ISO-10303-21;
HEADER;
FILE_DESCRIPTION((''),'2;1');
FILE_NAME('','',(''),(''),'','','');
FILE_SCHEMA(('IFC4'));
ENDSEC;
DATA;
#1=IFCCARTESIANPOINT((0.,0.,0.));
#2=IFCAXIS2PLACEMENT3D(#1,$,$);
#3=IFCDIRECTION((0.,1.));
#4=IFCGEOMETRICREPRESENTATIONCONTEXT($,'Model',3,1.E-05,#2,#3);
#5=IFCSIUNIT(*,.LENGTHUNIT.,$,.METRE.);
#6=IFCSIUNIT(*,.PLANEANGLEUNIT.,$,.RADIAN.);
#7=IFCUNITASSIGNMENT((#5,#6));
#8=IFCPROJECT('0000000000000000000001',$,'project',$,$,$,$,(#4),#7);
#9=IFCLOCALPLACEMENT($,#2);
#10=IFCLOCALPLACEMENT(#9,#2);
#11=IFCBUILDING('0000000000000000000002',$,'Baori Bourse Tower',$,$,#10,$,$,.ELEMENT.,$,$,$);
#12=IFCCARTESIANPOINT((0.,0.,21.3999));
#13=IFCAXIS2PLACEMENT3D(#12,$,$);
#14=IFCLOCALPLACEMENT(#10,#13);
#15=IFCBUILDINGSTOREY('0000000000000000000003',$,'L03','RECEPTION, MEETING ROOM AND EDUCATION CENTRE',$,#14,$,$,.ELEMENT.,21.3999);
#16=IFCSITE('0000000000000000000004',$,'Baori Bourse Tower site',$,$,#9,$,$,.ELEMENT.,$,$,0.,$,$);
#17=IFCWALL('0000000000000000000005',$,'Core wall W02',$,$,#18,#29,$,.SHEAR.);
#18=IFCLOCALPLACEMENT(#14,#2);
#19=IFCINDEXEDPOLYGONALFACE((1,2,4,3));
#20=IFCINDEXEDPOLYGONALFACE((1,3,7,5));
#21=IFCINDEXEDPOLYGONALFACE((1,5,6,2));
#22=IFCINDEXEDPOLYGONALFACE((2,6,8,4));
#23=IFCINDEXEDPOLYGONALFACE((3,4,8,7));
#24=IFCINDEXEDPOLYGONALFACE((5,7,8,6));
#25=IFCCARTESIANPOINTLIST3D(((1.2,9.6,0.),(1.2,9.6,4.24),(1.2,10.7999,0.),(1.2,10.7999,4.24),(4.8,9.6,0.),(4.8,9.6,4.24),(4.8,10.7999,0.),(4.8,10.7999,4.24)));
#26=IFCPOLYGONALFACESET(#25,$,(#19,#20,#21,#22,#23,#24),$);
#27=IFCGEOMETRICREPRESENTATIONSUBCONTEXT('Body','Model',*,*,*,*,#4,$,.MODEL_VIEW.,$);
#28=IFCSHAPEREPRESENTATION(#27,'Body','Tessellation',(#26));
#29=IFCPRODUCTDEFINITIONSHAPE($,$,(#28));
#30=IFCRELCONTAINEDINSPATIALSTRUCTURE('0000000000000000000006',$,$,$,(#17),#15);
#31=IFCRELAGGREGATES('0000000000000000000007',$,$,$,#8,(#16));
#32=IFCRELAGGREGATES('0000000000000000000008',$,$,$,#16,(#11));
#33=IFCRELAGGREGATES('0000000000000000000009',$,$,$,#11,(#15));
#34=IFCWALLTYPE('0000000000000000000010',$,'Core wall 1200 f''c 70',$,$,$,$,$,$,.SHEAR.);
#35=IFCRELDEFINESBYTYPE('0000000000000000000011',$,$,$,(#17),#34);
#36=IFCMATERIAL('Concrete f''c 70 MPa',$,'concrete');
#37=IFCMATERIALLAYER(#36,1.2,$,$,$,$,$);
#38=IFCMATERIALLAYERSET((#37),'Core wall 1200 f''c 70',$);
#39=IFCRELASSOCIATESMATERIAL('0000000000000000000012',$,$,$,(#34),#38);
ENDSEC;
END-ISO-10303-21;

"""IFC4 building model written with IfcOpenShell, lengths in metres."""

from ifc_helpers import new_model, si_unit, direction, frame, frame_2d, origin, place, context, subcontext, project, spatial, rectangle, extrude, material, layer, layer_set, type_object, element, save


model = new_model("IFC4")

# Units and contexts
model_context = context("Model", 3, precision=1e-05, world=origin(), true_north=direction((0.0, 1.0)))
body_context = subcontext(model_context, "Body", "Model", "MODEL_VIEW")
ifc_project = project(units=[si_unit("LENGTHUNIT", "METRE"), si_unit("PLANEANGLEUNIT", "RADIAN")], contexts=[model_context])

# Site, building, storey
site_placement = place(None, origin())
site = spatial("IfcSite", under=ifc_project, at=site_placement, Name="Baori Bourse Tower site", CompositionType="ELEMENT", RefElevation=0.0)
building_placement = place(site_placement, origin())
building = spatial("IfcBuilding", under=site, at=building_placement, Name="Baori Bourse Tower", CompositionType="ELEMENT")
storey_placement = place(building_placement, frame((0.0, 0.0, 21.3999)))
storey = spatial("IfcBuildingStorey", under=building, at=storey_placement, Name="L03", Description="RECEPTION, MEETING ROOM AND EDUCATION CENTRE", CompositionType="ELEMENT", Elevation=21.3999)

# Shared definitions
ifc_material_1 = material(Name="Concrete f'c 70 MPa", Category="concrete")
ifc_layer_1 = layer(ifc_material_1, 1.2)
ifc_layer_set_1 = layer_set([ifc_layer_1], Name="Core wall 1200 f'c 70")
wall_type = type_object("IfcWallType", Name="Core wall 1200 f'c 70", PredefinedType="SHEAR", material=ifc_layer_set_1)

# Wall
wall_1_placement = place(storey_placement, frame((4.8, 10.2, 0.0), z_axis=(0.0, 0.0, 1.0), x_axis=(-1.0, 0.0, 0.0)))
element("IfcWall", 1, at=wall_1_placement, inside=storey, type_object=wall_type, Name="Core wall W02", PredefinedType="SHEAR", context=body_context, shape_type="SweptSolid", body=[
    extrude(rectangle(XDim=3.6001, YDim=1.2, at=frame_2d((1.8, 0.0))), origin(), (0.0, 0.0, 1.0), 4.24),
])

save(model, "model.ifc")
